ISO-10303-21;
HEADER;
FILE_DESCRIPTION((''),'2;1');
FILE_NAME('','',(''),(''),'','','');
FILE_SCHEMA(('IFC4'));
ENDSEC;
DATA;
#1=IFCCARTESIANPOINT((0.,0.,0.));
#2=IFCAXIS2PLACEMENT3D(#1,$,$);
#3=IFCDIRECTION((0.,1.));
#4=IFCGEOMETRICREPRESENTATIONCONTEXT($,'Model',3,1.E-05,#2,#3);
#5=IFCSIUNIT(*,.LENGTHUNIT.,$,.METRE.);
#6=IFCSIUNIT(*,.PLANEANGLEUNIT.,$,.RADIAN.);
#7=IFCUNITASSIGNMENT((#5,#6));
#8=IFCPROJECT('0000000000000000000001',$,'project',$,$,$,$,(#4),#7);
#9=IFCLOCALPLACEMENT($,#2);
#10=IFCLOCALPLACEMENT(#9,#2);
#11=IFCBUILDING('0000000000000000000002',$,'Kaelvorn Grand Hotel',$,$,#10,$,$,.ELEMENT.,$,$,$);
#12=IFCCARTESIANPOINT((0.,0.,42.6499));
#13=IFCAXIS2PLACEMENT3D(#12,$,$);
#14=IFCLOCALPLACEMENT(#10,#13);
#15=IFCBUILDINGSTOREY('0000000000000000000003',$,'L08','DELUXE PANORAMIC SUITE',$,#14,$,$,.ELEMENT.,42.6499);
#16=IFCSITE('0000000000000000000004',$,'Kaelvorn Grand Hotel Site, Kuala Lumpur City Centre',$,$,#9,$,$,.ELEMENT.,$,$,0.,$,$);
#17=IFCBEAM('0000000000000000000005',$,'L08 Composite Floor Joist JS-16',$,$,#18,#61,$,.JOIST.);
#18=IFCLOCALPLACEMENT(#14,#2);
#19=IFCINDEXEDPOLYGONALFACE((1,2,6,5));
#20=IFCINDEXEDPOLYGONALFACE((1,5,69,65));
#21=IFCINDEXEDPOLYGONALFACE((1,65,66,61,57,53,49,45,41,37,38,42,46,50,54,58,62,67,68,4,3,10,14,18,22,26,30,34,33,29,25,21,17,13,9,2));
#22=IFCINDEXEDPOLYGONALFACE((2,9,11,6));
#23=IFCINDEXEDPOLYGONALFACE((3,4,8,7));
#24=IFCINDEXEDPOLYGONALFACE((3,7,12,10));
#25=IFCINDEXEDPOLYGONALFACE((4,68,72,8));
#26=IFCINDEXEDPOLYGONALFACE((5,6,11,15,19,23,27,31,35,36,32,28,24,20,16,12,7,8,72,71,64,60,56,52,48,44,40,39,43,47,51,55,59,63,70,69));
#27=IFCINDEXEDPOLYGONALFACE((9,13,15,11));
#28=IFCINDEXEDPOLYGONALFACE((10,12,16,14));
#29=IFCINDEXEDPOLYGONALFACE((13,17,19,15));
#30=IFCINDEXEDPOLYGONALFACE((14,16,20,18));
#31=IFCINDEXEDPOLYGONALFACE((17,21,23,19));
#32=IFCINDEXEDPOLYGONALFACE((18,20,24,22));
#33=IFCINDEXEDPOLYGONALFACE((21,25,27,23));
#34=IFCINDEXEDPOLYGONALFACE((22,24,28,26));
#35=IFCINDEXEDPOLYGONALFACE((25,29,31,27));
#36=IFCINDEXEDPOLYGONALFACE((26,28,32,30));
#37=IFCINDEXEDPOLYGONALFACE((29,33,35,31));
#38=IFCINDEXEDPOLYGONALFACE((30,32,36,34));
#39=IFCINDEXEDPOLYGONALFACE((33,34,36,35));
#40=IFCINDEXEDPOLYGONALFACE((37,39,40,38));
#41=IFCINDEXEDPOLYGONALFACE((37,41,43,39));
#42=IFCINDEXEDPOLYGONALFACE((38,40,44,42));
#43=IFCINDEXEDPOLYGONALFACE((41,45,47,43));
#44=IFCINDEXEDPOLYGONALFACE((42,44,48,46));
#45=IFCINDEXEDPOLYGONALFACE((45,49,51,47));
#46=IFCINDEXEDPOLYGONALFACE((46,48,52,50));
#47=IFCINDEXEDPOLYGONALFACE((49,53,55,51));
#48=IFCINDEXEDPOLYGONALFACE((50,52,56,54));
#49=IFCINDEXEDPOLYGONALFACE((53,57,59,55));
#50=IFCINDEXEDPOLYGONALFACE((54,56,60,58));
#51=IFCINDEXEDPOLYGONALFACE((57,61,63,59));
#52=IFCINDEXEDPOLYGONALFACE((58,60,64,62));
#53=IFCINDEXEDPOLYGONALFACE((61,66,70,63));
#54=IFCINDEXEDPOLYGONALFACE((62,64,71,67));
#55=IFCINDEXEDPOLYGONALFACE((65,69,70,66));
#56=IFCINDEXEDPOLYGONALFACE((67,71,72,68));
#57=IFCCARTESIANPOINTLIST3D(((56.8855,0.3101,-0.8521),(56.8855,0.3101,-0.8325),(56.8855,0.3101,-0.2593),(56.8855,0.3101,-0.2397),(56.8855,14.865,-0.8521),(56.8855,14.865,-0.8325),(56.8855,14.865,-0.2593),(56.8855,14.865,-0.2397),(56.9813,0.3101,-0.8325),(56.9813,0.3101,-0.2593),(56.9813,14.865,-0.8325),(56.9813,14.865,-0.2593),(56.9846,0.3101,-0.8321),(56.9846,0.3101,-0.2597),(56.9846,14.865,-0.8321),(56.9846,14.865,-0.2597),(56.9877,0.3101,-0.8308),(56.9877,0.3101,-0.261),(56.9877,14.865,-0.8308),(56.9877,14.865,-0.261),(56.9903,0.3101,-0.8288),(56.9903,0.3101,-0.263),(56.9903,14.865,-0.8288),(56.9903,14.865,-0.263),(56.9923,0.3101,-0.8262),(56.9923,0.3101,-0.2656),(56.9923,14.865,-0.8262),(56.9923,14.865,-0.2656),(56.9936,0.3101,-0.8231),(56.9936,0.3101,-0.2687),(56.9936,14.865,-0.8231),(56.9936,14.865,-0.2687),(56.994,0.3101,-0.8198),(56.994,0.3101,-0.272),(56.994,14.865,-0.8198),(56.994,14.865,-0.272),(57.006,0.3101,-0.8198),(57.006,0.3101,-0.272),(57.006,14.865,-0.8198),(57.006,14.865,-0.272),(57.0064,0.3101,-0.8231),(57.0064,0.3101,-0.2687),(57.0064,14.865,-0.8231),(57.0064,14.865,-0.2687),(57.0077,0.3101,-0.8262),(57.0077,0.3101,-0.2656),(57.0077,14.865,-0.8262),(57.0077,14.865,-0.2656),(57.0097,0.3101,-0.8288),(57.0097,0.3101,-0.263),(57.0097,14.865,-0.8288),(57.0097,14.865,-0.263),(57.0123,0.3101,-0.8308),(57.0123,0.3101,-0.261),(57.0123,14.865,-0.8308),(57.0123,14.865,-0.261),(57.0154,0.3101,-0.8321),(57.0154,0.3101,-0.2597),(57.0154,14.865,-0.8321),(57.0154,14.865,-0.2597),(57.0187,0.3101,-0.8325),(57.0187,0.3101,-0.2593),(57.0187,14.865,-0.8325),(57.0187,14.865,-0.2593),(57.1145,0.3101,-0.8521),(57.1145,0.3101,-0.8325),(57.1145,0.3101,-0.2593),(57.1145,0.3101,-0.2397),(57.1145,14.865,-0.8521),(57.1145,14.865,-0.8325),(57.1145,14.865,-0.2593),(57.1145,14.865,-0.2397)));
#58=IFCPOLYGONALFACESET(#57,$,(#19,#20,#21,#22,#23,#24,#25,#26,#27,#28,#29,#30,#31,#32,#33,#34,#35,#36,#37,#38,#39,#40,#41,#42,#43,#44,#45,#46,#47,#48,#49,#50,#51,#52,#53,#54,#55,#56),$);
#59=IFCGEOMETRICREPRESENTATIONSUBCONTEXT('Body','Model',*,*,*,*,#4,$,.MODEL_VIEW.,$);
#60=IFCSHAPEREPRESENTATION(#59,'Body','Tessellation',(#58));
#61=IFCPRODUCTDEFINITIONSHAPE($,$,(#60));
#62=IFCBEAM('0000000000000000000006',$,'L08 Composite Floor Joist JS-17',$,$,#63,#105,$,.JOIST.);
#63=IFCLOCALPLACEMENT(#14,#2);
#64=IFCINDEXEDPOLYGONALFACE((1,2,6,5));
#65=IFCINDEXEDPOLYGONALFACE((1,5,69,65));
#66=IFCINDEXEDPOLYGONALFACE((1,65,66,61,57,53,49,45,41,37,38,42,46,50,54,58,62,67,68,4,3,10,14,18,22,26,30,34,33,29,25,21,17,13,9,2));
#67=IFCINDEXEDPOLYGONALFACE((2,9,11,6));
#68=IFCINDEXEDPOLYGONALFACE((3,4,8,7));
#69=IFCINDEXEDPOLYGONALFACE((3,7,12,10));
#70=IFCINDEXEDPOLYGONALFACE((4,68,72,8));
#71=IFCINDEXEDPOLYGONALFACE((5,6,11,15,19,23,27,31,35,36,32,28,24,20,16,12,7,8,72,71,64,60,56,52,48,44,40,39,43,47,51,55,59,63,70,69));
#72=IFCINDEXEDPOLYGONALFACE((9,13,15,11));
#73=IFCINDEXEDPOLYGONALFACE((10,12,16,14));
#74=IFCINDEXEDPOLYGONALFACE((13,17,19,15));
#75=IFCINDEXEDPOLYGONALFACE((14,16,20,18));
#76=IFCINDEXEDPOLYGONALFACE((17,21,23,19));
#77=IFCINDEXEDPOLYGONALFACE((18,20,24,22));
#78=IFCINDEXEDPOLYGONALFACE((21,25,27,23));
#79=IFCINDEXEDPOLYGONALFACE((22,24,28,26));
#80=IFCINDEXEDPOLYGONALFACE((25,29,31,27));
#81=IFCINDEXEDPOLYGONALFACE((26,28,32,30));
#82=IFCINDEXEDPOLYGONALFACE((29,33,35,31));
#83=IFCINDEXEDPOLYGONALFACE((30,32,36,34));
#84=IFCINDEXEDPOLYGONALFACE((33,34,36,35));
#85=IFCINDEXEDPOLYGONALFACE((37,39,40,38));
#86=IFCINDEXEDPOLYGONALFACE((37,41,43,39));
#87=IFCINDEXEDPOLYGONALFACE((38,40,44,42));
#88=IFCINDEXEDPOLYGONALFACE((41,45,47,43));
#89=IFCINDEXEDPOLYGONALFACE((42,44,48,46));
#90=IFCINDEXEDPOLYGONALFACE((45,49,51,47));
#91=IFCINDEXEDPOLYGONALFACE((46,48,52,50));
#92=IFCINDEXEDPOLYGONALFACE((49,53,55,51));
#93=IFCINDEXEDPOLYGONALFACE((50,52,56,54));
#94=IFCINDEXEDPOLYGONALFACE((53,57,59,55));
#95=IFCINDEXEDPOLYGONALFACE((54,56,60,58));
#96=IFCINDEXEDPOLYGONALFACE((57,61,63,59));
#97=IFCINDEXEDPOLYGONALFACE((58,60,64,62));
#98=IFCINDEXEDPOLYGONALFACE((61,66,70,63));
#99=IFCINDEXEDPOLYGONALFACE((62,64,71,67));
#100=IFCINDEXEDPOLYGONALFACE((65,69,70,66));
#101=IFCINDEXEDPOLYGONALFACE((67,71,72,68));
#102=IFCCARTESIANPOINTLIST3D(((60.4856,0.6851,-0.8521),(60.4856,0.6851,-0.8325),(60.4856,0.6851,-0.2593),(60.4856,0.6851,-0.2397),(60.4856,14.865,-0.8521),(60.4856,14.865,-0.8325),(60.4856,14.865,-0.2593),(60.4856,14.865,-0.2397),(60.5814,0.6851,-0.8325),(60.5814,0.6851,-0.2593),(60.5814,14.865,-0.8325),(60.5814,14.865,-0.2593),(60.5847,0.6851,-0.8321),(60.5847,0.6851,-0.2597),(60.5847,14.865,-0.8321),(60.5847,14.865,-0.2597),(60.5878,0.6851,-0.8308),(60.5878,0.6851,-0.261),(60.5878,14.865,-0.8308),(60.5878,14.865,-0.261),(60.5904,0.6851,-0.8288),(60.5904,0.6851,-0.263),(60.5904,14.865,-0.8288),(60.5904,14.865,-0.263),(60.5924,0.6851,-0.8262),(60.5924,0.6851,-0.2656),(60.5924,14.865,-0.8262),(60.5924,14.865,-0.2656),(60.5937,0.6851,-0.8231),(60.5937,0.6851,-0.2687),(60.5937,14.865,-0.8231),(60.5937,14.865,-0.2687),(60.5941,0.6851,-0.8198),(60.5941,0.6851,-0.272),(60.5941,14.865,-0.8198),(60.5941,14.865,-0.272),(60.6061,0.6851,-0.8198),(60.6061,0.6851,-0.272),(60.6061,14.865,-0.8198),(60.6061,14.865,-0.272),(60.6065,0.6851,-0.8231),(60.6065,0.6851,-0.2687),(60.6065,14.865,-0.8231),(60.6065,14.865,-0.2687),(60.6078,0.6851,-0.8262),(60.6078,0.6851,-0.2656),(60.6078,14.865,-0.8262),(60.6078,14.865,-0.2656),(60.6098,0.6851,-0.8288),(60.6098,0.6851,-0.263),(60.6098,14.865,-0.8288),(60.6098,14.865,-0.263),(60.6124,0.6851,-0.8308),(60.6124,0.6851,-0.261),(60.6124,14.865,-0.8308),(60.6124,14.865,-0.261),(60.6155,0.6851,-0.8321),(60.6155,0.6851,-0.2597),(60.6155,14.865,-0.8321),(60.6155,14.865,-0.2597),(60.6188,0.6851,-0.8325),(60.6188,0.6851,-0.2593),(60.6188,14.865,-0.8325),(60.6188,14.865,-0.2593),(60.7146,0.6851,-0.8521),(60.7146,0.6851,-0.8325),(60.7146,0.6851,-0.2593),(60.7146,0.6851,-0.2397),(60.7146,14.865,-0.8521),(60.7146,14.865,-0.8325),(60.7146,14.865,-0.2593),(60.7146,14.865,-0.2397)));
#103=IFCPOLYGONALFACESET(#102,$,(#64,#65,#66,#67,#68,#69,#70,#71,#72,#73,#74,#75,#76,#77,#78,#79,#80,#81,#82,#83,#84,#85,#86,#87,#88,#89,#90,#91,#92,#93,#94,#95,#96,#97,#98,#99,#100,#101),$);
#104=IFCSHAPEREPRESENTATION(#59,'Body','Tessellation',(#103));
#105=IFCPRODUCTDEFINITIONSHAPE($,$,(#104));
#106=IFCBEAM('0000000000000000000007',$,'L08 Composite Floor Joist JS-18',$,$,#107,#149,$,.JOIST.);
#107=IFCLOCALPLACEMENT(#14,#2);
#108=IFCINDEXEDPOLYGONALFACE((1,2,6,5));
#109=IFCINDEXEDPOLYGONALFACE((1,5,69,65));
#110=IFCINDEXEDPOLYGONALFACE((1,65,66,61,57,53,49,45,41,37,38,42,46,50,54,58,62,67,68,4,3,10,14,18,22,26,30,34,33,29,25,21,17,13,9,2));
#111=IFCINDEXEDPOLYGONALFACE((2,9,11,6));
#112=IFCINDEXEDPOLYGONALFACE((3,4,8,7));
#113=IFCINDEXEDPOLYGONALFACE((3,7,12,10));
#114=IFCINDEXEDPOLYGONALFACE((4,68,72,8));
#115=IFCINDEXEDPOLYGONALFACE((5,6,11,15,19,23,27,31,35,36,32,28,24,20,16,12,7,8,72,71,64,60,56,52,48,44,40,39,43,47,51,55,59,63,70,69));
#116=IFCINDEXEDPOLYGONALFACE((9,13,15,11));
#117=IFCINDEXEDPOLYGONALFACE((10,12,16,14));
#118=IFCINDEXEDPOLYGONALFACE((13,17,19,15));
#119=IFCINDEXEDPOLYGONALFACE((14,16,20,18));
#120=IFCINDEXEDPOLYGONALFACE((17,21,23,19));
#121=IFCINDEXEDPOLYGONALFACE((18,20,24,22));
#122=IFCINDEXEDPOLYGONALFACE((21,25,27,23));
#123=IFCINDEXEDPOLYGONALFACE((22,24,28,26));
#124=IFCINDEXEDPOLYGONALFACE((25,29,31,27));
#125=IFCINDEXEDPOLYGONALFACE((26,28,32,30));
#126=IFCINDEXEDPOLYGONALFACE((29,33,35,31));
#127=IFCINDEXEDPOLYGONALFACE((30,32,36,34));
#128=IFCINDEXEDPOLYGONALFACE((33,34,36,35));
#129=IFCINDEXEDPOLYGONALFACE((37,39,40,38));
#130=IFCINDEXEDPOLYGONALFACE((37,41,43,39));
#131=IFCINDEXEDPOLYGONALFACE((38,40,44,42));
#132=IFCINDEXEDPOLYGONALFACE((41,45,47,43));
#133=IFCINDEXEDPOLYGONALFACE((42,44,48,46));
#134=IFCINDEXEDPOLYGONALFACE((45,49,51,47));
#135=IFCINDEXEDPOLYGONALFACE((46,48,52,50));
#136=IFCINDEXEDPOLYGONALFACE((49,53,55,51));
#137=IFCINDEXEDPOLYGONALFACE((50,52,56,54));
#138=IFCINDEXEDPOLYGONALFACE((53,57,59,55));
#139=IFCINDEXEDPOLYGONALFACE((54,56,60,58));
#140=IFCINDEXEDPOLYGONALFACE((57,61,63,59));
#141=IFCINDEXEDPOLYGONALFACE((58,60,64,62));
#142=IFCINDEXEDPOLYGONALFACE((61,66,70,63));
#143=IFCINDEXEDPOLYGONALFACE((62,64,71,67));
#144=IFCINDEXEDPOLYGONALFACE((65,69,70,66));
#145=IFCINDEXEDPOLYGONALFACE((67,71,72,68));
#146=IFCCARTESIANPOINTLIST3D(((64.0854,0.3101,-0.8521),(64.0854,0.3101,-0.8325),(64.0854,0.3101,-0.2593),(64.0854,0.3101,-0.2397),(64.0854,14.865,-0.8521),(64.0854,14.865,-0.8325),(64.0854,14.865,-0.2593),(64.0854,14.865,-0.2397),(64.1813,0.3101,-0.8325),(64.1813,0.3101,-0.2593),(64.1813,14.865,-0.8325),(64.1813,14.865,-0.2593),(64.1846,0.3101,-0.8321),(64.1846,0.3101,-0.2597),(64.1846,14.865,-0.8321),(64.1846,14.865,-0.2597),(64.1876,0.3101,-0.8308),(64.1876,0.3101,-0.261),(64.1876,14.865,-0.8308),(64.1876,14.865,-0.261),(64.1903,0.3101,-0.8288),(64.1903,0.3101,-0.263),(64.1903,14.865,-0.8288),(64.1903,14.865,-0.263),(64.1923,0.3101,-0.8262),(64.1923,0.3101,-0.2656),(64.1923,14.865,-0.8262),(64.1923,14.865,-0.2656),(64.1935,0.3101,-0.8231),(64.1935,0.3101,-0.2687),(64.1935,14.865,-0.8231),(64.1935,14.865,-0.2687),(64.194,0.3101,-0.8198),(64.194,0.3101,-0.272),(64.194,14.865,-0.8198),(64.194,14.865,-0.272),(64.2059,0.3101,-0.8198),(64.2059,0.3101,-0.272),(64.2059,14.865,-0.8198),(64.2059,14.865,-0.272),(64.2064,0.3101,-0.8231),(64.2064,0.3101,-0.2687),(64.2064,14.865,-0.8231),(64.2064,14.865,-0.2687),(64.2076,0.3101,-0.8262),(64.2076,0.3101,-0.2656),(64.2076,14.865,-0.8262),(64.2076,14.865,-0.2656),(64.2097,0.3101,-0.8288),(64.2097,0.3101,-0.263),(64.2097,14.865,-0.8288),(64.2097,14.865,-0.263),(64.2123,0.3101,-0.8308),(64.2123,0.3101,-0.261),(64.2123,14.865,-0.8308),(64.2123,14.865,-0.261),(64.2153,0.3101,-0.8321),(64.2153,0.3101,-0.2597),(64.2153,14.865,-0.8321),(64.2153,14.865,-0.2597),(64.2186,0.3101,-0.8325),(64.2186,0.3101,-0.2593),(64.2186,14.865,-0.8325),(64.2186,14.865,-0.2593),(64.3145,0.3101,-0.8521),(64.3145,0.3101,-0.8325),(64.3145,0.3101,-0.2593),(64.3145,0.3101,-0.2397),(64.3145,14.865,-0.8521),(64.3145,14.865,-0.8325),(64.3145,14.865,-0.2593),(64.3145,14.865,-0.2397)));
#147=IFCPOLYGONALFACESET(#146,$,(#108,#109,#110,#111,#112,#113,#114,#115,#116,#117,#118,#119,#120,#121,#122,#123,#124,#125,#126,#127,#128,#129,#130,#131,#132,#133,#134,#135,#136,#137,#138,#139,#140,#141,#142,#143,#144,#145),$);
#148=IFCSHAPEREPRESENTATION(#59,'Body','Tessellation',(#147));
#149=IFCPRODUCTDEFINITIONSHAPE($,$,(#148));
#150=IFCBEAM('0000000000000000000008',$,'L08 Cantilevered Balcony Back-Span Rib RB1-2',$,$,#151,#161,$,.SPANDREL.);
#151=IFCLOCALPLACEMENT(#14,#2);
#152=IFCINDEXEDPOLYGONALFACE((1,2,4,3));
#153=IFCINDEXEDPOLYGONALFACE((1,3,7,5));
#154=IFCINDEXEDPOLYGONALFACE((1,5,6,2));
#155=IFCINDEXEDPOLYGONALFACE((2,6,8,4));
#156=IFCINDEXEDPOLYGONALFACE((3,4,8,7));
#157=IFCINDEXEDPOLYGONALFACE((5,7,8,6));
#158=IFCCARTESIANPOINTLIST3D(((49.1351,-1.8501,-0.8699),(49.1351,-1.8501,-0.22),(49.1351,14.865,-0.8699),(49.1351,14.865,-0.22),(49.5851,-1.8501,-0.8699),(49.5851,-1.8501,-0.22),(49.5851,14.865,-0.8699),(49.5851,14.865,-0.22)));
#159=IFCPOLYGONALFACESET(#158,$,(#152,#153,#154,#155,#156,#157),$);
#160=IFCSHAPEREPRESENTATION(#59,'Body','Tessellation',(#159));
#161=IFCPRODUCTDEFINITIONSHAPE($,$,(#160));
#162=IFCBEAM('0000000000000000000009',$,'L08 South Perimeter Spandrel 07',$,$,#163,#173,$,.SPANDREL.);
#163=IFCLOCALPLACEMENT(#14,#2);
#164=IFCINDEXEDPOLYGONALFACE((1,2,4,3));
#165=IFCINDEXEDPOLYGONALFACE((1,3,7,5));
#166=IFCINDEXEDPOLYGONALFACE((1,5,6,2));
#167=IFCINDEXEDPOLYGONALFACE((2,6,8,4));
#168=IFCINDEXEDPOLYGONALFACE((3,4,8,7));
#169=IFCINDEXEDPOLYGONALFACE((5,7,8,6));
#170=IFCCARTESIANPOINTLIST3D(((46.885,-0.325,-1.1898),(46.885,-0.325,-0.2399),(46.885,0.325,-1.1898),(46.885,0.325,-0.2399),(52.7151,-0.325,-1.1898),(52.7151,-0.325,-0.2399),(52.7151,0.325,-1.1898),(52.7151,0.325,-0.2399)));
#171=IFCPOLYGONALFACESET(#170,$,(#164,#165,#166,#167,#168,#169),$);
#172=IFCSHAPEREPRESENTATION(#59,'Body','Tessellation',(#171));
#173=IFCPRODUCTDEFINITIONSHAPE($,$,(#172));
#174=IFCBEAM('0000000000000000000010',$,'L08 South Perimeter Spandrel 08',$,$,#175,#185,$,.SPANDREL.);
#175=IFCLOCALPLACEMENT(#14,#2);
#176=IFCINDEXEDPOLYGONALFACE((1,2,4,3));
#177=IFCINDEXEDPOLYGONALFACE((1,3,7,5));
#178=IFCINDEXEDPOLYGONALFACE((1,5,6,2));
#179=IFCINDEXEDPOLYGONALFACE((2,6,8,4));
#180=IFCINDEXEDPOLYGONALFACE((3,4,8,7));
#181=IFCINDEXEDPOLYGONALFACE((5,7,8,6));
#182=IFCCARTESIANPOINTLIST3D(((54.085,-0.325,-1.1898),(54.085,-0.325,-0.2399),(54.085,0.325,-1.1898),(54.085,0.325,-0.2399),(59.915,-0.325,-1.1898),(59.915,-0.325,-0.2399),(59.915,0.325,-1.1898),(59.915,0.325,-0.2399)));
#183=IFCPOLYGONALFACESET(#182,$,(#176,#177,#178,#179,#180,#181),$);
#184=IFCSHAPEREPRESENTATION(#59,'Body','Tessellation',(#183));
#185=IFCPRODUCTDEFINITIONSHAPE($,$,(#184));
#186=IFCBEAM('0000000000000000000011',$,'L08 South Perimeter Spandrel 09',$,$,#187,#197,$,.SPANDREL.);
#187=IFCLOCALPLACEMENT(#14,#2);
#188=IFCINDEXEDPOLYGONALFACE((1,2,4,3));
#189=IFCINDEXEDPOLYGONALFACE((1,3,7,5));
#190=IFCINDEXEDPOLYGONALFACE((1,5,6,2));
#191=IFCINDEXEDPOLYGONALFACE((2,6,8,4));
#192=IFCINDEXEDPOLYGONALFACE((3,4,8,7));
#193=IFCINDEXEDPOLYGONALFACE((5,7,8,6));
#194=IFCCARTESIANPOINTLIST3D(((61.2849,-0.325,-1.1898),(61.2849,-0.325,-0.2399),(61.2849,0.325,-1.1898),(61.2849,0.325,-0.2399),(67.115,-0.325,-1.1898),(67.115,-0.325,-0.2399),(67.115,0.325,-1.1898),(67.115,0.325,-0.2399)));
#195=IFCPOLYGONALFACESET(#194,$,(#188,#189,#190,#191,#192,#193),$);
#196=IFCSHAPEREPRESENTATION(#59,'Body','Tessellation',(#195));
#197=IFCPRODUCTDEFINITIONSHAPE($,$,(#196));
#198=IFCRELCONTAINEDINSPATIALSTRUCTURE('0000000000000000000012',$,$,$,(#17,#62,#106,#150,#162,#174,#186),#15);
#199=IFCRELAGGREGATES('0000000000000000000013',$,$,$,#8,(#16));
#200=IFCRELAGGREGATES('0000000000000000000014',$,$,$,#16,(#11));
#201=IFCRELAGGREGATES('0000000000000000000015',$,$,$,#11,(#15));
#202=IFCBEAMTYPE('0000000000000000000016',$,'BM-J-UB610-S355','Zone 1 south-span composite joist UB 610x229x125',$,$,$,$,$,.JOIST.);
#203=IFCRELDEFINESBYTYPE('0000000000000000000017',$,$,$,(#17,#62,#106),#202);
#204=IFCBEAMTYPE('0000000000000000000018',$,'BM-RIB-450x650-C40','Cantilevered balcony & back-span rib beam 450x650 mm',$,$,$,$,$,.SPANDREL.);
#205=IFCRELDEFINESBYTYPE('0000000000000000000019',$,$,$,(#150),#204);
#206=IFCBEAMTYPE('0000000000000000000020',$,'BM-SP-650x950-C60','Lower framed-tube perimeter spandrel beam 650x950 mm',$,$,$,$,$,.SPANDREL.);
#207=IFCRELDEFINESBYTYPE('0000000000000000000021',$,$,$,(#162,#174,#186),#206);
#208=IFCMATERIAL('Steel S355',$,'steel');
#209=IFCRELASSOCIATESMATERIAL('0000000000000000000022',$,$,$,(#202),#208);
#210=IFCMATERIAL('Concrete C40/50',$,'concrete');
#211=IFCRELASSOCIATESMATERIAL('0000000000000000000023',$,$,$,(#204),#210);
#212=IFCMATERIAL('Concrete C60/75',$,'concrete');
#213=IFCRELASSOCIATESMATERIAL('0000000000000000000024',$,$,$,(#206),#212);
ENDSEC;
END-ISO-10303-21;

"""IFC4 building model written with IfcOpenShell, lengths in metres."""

from ifc_helpers import new_model, si_unit, direction, frame, origin, origin_2d, place, context, subcontext, project, spatial, rectangle, i_section, extrude, material, material_profile, profile_set, type_object, element, save


model = new_model("IFC4")

# Units and contexts
model_context = context("Model", 3, precision=1e-05, world=origin(), true_north=direction((0.0, 1.0)))
body_context = subcontext(model_context, "Body", "Model", "MODEL_VIEW")
ifc_project = project(units=[si_unit("LENGTHUNIT", "METRE"), si_unit("PLANEANGLEUNIT", "RADIAN")], contexts=[model_context])

# Site, building, storey
site_placement = place(None, origin())
site = spatial("IfcSite", under=ifc_project, at=site_placement, Name="Kaelvorn Grand Hotel Site, Kuala Lumpur City Centre", CompositionType="ELEMENT", RefElevation=0.0)
building_placement = place(site_placement, origin())
building = spatial("IfcBuilding", under=site, at=building_placement, Name="Kaelvorn Grand Hotel", CompositionType="ELEMENT")
storey_placement = place(building_placement, frame((0.0, 0.0, 42.6499)))
storey = spatial("IfcBuildingStorey", under=building, at=storey_placement, Name="L08", Description="DELUXE PANORAMIC SUITE", CompositionType="ELEMENT", Elevation=42.6499)

# Beams
ifc_material_1 = material(Name="Steel S355", Category="steel")
ifc_material_profile_1 = material_profile(ifc_material_1, i_section(OverallWidth=0.229, OverallDepth=0.6123, WebThickness=0.012, FlangeThickness=0.0195, FilletRadius=0.0127, at=origin_2d()), Name="UB 610x229x125")
ifc_profile_set_1 = profile_set([ifc_material_profile_1], Name="Steel S355")
beam_type_1 = type_object("IfcBeamType", Name="BM-J-UB610-S355", Description="Zone 1 south-span composite joist UB 610x229x125", PredefinedType="JOIST", material=ifc_profile_set_1)
beam_1_placement = place(storey_placement, frame((57.0, 0.3101, -0.5459), z_axis=(0.0, 1.0, 0.0), x_axis=(-1.0, 0.0, 0.0)))
element("IfcBeam", 1, at=beam_1_placement, inside=storey, type_object=beam_type_1, Name="L08 Composite Floor Joist JS-16", PredefinedType="JOIST", context=body_context, shape_type="SweptSolid", body=[
    extrude(i_section(OverallWidth=0.229, OverallDepth=0.6123, WebThickness=0.012, FlangeThickness=0.0195, FilletRadius=0.0127, at=origin_2d()), origin(), (0.0, 0.0, 1.0), 14.5549),
])
beam_2_placement = place(storey_placement, frame((60.6001, 0.6851, -0.5459), z_axis=(0.0, 1.0, 0.0), x_axis=(-1.0, 0.0, 0.0)))
element("IfcBeam", 2, at=beam_2_placement, inside=storey, type_object=beam_type_1, Name="L08 Composite Floor Joist JS-17", PredefinedType="JOIST", context=body_context, shape_type="SweptSolid", body=[
    extrude(i_section(OverallWidth=0.229, OverallDepth=0.6123, WebThickness=0.012, FlangeThickness=0.0195, FilletRadius=0.0127, at=origin_2d()), origin(), (0.0, 0.0, 1.0), 14.1799),
])
beam_3_placement = place(storey_placement, frame((64.2, 0.3101, -0.5459), z_axis=(0.0, 1.0, 0.0), x_axis=(-1.0, 0.0, 0.0)))
element("IfcBeam", 3, at=beam_3_placement, inside=storey, type_object=beam_type_1, Name="L08 Composite Floor Joist JS-18", PredefinedType="JOIST", context=body_context, shape_type="SweptSolid", body=[
    extrude(i_section(OverallWidth=0.229, OverallDepth=0.6123, WebThickness=0.012, FlangeThickness=0.0195, FilletRadius=0.0127, at=origin_2d()), origin(), (0.0, 0.0, 1.0), 14.5549),
])
ifc_material_2 = material(Name="Concrete C40/50", Category="concrete")
ifc_material_profile_2 = material_profile(ifc_material_2, rectangle(XDim=0.45, YDim=0.6499, at=origin_2d()), Name="RC RIB 450x650")
ifc_profile_set_2 = profile_set([ifc_material_profile_2], Name="Concrete C40/50")
beam_type_2 = type_object("IfcBeamType", Name="BM-RIB-450x650-C40", Description="Cantilevered balcony & back-span rib beam 450x650 mm", PredefinedType="SPANDREL", material=ifc_profile_set_2)
beam_4_placement = place(storey_placement, frame((49.3601, -1.8501, -0.5449), z_axis=(0.0, 1.0, 0.0), x_axis=(-1.0, 0.0, 0.0)))
element("IfcBeam", 4, at=beam_4_placement, inside=storey, type_object=beam_type_2, Name="L08 Cantilevered Balcony Back-Span Rib RB1-2", PredefinedType="SPANDREL", context=body_context, shape_type="SweptSolid", body=[
    extrude(rectangle(XDim=0.45, YDim=0.6499, at=origin_2d()), origin(), (0.0, 0.0, 1.0), 16.7151),
])
ifc_material_3 = material(Name="Concrete C60/75", Category="concrete")
ifc_material_profile_3 = material_profile(ifc_material_3, rectangle(XDim=0.6499, YDim=0.95, at=origin_2d()), Name="RC SPANDREL 650x950")
ifc_profile_set_3 = profile_set([ifc_material_profile_3], Name="Concrete C60/75")
beam_type_3 = type_object("IfcBeamType", Name="BM-SP-650x950-C60", Description="Lower framed-tube perimeter spandrel beam 650x950 mm", PredefinedType="SPANDREL", material=ifc_profile_set_3)
for number, where, z_axis, x_axis, name in (
    (5, (46.885, 0.0, -0.7148), (1.0, 0.0, 0.0), (0.0, 1.0, 0.0), "L08 South Perimeter Spandrel 07"),
    (6, (54.085, 0.0, -0.7148), (1.0, 0.0, 0.0), (0.0, 1.0, 0.0), "L08 South Perimeter Spandrel 08"),
    (7, (61.2849, 0.0, -0.7148), (1.0, 0.0, 0.0), (0.0, 1.0, 0.0), "L08 South Perimeter Spandrel 09"),
):
    element("IfcBeam", number, at=place(storey_placement, frame(where, z_axis=z_axis, x_axis=x_axis)), inside=storey, type_object=beam_type_3, Name=name, PredefinedType="SPANDREL", context=body_context, shape_type="SweptSolid", body=[
        extrude(rectangle(XDim=0.6499, YDim=0.95, at=origin_2d()), origin(), (0.0, 0.0, 1.0), 5.8301),
    ])

save(model, "model.ifc")
